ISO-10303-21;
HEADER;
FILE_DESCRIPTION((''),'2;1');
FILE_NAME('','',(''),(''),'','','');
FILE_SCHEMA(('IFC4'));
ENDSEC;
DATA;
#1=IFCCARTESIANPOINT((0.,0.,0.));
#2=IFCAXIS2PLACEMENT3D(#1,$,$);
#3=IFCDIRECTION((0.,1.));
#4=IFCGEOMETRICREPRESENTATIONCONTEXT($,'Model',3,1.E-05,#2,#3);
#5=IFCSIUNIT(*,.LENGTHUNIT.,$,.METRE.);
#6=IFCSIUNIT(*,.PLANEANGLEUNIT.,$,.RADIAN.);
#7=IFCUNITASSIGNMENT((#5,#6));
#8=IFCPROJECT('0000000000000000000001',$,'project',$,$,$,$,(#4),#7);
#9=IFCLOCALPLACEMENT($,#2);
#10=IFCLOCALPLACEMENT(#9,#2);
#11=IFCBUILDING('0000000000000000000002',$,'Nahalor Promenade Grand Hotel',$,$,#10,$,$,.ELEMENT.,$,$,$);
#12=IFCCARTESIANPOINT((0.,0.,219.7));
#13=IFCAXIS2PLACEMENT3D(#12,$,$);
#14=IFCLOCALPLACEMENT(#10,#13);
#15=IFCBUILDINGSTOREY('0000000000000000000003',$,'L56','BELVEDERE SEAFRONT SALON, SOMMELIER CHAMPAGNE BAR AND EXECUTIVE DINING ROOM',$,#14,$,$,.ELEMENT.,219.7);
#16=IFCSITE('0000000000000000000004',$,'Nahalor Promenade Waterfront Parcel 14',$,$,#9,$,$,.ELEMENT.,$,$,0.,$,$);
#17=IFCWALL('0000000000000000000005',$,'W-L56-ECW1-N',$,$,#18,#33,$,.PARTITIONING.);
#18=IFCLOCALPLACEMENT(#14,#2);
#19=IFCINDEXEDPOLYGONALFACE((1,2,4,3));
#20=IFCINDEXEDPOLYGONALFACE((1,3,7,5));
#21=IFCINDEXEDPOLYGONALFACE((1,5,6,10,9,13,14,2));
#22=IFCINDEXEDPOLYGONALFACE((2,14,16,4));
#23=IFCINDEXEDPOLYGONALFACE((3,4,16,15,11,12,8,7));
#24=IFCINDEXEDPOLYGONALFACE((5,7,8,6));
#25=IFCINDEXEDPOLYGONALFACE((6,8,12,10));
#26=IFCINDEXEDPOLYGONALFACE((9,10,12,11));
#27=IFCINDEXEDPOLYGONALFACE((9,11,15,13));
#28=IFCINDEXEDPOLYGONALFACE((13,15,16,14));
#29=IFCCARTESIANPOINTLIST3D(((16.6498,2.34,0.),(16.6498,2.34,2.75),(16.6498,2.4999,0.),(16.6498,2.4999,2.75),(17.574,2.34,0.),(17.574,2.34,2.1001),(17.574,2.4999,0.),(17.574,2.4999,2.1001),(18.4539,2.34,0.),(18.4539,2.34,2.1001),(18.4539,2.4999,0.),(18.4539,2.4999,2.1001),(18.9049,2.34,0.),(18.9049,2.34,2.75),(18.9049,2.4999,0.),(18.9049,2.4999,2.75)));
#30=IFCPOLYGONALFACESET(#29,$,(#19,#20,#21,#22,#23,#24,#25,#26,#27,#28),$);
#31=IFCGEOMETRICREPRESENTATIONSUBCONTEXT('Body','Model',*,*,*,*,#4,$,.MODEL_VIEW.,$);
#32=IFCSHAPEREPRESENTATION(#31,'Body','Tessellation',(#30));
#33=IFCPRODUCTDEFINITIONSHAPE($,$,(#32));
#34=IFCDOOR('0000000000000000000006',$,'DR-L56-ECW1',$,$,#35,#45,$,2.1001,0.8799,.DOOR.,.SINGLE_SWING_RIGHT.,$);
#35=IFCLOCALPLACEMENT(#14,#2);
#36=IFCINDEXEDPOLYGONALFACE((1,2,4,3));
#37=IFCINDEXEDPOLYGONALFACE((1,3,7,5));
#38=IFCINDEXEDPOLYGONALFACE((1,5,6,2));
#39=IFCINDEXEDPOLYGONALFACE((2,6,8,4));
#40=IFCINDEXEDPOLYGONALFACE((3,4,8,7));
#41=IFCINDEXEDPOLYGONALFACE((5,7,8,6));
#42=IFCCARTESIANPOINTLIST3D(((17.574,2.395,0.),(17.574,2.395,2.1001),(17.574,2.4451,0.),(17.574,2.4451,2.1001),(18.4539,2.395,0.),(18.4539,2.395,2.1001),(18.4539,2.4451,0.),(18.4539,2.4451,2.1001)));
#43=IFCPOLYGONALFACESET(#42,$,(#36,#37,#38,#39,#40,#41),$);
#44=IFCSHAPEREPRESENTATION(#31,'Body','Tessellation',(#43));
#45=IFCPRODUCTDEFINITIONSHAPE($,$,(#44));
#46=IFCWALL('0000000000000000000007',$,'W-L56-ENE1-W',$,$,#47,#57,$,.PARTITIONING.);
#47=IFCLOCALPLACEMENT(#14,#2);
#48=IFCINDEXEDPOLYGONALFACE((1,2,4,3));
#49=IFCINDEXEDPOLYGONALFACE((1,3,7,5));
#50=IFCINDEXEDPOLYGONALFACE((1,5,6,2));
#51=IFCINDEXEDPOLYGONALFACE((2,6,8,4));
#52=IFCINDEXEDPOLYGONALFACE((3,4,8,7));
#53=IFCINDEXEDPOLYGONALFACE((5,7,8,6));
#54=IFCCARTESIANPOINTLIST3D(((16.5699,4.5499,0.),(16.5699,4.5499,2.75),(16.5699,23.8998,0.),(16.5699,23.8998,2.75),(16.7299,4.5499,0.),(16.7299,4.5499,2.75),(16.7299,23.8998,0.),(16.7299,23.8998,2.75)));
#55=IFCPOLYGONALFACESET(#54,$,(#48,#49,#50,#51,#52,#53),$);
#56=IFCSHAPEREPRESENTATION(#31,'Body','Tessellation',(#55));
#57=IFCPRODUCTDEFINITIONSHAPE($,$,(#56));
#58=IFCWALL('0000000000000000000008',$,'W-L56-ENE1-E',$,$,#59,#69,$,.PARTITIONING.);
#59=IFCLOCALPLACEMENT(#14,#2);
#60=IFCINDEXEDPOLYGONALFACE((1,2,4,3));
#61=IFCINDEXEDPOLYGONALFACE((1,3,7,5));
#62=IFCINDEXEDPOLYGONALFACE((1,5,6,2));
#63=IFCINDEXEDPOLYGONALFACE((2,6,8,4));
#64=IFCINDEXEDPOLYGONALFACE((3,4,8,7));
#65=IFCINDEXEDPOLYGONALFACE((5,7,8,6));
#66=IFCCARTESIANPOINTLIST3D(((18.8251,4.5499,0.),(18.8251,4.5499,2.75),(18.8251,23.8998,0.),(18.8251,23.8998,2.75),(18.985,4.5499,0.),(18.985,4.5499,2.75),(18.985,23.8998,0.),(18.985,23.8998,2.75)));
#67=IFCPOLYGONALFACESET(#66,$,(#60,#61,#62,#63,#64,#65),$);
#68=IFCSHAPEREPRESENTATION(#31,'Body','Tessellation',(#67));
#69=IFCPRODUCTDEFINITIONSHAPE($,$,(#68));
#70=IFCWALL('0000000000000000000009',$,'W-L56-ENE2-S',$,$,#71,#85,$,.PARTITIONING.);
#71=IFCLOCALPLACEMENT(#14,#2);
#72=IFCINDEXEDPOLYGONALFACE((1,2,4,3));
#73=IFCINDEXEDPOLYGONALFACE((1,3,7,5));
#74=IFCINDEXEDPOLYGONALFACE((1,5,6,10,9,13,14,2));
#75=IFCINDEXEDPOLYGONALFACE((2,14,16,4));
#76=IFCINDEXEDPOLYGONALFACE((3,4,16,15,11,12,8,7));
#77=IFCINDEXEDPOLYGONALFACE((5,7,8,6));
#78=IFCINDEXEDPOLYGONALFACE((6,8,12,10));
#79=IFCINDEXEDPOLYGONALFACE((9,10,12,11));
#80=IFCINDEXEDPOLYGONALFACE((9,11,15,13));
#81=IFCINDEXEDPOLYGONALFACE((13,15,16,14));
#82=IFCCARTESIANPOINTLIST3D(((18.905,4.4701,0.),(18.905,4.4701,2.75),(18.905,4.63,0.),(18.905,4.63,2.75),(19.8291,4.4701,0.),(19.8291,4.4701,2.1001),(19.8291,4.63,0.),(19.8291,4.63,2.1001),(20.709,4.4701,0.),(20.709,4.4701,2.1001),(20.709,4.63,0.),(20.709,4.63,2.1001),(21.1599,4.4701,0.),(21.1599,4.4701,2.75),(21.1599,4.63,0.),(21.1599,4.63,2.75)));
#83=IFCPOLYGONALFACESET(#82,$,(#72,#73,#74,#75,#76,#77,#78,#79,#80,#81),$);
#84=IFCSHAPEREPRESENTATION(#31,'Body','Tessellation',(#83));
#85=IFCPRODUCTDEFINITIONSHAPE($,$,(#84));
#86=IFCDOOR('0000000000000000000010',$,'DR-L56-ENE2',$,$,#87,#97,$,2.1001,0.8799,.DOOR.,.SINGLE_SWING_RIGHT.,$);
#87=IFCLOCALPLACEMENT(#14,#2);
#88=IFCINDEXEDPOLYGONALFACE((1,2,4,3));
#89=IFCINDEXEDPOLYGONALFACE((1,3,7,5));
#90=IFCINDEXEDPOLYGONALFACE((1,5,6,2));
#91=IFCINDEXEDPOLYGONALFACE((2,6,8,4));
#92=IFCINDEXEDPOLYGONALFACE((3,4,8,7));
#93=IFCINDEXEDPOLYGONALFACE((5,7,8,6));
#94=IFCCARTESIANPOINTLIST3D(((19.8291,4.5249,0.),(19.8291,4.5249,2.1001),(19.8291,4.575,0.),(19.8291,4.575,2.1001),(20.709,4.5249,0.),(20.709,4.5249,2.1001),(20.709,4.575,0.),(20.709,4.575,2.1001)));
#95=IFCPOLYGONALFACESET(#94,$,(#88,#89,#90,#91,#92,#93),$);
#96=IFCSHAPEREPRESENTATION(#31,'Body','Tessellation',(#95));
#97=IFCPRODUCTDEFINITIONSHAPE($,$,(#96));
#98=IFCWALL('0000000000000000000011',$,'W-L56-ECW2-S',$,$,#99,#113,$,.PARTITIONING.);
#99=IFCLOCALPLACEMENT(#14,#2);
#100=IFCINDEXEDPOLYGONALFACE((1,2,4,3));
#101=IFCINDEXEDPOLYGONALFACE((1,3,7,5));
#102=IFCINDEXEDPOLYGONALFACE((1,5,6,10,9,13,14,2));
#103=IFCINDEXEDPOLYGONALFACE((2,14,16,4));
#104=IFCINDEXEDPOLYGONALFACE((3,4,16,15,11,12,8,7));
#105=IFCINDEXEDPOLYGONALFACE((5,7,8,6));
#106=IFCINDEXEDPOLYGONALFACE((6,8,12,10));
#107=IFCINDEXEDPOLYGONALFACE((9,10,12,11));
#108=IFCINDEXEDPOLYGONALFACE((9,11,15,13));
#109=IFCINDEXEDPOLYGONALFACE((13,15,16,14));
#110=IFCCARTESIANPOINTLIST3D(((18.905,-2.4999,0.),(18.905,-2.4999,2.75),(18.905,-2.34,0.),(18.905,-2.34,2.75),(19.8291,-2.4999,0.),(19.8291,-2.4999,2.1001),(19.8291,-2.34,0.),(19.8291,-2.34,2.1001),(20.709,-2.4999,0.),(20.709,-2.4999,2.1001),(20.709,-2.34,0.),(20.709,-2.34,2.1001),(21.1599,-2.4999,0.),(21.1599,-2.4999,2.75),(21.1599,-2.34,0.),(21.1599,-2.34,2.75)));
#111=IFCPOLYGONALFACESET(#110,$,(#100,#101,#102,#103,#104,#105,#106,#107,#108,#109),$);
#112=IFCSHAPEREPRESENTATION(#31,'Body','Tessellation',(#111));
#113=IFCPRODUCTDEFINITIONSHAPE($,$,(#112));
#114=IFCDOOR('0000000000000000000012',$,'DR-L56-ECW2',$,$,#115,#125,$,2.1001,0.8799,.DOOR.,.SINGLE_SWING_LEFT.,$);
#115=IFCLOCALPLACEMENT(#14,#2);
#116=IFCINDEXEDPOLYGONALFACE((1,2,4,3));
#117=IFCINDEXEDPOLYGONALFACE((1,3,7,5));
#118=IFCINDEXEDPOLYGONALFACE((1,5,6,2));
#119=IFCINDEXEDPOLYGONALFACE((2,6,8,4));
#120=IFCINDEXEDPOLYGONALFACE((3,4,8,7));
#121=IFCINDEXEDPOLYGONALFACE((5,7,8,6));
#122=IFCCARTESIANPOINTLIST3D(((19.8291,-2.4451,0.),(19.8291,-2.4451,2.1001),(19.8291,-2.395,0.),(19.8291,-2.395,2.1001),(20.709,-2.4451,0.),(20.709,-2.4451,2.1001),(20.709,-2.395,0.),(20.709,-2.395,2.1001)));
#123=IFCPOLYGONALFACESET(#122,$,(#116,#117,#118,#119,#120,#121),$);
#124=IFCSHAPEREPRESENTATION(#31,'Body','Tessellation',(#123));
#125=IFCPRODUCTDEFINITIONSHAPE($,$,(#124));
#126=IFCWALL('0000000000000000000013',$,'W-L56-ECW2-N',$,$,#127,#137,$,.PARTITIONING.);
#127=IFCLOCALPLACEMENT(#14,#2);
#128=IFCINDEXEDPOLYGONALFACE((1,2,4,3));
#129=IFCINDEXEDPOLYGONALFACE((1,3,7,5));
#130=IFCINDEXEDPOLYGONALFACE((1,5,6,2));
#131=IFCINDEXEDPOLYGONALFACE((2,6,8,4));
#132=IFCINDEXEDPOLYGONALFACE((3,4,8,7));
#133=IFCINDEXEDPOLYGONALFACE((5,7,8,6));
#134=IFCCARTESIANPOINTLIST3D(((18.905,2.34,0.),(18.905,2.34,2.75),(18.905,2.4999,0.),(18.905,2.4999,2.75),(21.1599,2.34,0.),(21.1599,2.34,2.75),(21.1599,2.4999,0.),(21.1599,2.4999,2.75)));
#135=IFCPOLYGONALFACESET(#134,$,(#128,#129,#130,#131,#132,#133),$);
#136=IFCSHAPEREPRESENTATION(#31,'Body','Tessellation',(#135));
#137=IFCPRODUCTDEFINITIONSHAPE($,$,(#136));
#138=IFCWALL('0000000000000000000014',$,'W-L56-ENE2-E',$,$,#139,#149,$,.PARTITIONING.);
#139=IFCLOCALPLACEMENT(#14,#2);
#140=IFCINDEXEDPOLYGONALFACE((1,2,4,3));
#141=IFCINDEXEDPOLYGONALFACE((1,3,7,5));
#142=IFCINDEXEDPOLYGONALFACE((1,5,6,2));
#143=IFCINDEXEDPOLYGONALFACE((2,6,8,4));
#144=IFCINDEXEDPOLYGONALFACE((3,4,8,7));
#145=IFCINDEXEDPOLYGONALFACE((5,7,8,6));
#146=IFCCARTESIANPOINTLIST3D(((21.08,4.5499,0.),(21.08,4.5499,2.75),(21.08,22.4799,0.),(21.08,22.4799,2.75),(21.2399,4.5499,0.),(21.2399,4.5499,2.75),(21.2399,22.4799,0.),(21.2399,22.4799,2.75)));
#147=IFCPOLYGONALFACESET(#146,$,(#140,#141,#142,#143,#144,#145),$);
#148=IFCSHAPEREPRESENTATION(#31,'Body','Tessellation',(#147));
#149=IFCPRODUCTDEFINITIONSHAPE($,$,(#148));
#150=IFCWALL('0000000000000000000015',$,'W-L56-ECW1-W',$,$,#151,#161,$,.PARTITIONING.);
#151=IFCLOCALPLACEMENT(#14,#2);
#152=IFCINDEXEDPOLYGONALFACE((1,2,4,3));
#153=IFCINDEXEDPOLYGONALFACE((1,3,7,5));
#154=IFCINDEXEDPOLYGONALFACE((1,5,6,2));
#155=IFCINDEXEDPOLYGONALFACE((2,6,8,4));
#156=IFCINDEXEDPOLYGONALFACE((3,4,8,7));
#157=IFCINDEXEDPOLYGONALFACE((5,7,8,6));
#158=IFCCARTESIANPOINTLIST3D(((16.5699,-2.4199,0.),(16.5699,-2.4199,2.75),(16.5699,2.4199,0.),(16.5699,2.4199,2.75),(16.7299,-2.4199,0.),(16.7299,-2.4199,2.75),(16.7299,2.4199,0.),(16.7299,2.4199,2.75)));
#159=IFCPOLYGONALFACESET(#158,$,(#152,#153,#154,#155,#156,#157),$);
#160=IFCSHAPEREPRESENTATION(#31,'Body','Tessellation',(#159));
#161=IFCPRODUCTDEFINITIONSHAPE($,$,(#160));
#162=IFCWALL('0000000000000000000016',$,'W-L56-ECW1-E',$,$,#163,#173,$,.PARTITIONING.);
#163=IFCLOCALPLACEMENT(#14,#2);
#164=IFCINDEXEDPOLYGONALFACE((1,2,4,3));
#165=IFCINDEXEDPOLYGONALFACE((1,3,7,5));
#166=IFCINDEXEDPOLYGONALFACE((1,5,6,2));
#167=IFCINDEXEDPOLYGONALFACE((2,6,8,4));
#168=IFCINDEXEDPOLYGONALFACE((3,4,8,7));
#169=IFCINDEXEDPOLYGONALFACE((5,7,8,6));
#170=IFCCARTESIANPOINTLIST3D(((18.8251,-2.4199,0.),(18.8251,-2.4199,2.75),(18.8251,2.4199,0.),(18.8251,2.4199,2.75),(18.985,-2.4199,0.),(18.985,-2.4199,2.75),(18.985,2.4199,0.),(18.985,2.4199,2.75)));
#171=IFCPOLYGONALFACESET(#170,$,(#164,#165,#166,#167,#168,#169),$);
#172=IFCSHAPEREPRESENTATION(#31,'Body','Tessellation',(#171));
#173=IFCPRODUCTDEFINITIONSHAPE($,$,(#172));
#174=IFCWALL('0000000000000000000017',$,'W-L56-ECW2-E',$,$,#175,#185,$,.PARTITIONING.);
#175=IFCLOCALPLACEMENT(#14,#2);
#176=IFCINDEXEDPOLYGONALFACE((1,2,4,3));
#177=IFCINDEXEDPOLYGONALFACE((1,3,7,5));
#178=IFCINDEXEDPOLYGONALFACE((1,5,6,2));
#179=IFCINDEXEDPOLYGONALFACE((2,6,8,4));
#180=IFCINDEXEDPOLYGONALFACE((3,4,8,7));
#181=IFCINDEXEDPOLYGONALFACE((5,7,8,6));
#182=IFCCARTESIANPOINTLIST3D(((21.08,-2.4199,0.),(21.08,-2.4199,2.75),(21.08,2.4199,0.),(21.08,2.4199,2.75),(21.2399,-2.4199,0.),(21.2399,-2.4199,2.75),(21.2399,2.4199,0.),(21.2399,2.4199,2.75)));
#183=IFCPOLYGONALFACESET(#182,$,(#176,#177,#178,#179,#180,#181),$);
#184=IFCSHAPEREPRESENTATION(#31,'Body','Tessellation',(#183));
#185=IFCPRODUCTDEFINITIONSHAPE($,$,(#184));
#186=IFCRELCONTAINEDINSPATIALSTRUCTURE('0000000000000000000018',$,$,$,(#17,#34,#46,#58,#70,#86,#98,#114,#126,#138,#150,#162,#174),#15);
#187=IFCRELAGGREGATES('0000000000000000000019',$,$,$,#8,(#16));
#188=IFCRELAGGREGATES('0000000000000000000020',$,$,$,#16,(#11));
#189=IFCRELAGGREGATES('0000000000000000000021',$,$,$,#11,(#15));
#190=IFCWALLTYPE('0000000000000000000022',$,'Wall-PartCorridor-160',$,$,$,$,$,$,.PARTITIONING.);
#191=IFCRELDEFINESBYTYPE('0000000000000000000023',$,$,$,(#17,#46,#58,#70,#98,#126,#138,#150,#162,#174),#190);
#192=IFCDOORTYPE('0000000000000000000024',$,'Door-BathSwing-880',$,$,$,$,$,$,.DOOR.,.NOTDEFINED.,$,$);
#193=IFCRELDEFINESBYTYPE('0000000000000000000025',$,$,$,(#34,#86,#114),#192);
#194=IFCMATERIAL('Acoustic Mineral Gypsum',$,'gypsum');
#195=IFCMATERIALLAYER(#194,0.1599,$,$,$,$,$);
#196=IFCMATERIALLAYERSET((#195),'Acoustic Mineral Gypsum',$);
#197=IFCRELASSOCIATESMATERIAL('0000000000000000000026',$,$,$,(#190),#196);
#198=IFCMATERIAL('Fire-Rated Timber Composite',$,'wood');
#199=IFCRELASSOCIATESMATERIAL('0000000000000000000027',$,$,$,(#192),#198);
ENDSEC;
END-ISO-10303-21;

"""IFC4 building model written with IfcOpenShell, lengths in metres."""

from ifc_helpers import new_model, si_unit, direction, frame, frame_2d, origin, place, context, subcontext, project, spatial, rectangle, extrude, source, transform, mapped, material, layer, layer_set, type_object, element, fill, save


model = new_model("IFC4")

# Units and contexts
model_context = context("Model", 3, precision=1e-05, world=origin(), true_north=direction((0.0, 1.0)))
body_context = subcontext(model_context, "Body", "Model", "MODEL_VIEW")
ifc_project = project(units=[si_unit("LENGTHUNIT", "METRE"), si_unit("PLANEANGLEUNIT", "RADIAN")], contexts=[model_context])

# Site, building, storey
site_placement = place(None, origin())
site = spatial("IfcSite", under=ifc_project, at=site_placement, Name="Nahalor Promenade Waterfront Parcel 14", CompositionType="ELEMENT", RefElevation=0.0)
building_placement = place(site_placement, origin())
building = spatial("IfcBuilding", under=site, at=building_placement, Name="Nahalor Promenade Grand Hotel", CompositionType="ELEMENT")
storey_placement = place(building_placement, frame((0.0, 0.0, 219.7)))
storey = spatial("IfcBuildingStorey", under=building, at=storey_placement, Name="L56", Description="BELVEDERE SEAFRONT SALON, SOMMELIER CHAMPAGNE BAR AND EXECUTIVE DINING ROOM", CompositionType="ELEMENT", Elevation=219.7)

# Shared definitions
ifc_material_1 = material(Name="Acoustic Mineral Gypsum", Category="gypsum")
ifc_layer_1 = layer(ifc_material_1, 0.1599)
ifc_layer_set_1 = layer_set([ifc_layer_1], Name="Acoustic Mineral Gypsum")
wall_type_1 = type_object("IfcWallType", Name="Wall-PartCorridor-160", PredefinedType="PARTITIONING", material=ifc_layer_set_1)
shared_shape_1 = source(origin(), body_context, "Body", "SweptSolid", [
    extrude(rectangle(XDim=2.2551, YDim=0.1599, at=frame_2d((1.1274, 0.0))), origin(), (0.0, 0.0, 1.0), 2.75),
])
ifc_material_2 = material(Name="Fire-Rated Timber Composite", Category="wood")
door_type = type_object("IfcDoorType", Name="Door-BathSwing-880", OperationType="NOTDEFINED", PredefinedType="DOOR", material=ifc_material_2)
shared_shape_2 = source(origin(), body_context, "Body", "SweptSolid", [
    extrude(rectangle(XDim=0.8799, YDim=2.1001, at=frame_2d((0.4399, 1.05))), frame((0.0, 0.0249, 0.0), z_axis=(0.0, -1.0, 0.0), x_axis=(1.0, 0.0, 0.0)), (0.0, 0.0, 1.0), 0.05),
])

# Wall, opening, door
wall_1_placement = place(storey_placement, frame((16.6499, 2.4199, 0.0), z_axis=(0.0, 0.0, 1.0), x_axis=(1.0, 0.0, 0.0)))
wall_1 = element("IfcWall", 1, at=wall_1_placement, inside=storey, type_object=wall_type_1, Name="W-L56-ECW1-N", PredefinedType="PARTITIONING", context=body_context, shape_type="MappedRepresentation", body=[
    mapped(shared_shape_1, transform((0.0, 0.0, 0.0), scale=1.0)),
])
opening_1_placement = place(wall_1_placement, frame((0.9241, 0.0, 0.0)))
opening_1 = element("IfcOpeningElement", 2, at=opening_1_placement, cuts=wall_1, PredefinedType="OPENING", context=body_context, shape_type="SweptSolid", body=[
    extrude(rectangle(XDim=0.8799, YDim=2.1001, at=frame_2d((0.4399, 1.05))), frame((0.0, 0.0898, 0.0), z_axis=(0.0, -1.0, 0.0), x_axis=(1.0, 0.0, 0.0)), (0.0, 0.0, 1.0), 0.1799),
])
door_1_placement = place(opening_1_placement, frame((0.8799, 0.0, 0.0), z_axis=(0.0, 0.0, 1.0), x_axis=(-1.0, 0.0, 0.0)))
door_1 = element("IfcDoor", 3, at=door_1_placement, inside=storey, type_object=door_type, Name="DR-L56-ECW1", OperationType="SINGLE_SWING_RIGHT", OverallHeight=2.1001, OverallWidth=0.8799, PredefinedType="DOOR", context=body_context, shape_type="MappedRepresentation", body=[
    mapped(shared_shape_2, transform((0.0, 0.0, 0.0), scale=1.0)),
])
fill(opening_1, door_1)

# Walls
shared_shape_3 = source(origin(), body_context, "Body", "SweptSolid", [
    extrude(rectangle(XDim=19.3499, YDim=0.1599, at=frame_2d((9.6748, 0.0))), origin(), (0.0, 0.0, 1.0), 2.75),
])
for number, where, z_axis, x_axis, name in (
    (4, (16.6499, 4.55, 0.0), (0.0, 0.0, 1.0), (0.0, 1.0, 0.0), "W-L56-ENE1-W"),
    (5, (18.905, 4.55, 0.0), (0.0, 0.0, 1.0), (0.0, 1.0, 0.0), "W-L56-ENE1-E"),
):
    element("IfcWall", number, at=place(storey_placement, frame(where, z_axis=z_axis, x_axis=x_axis)), inside=storey, type_object=wall_type_1, Name=name, PredefinedType="PARTITIONING", context=body_context, shape_type="MappedRepresentation", body=[
        mapped(shared_shape_3, transform((0.0, 0.0, 0.0), scale=1.0)),
    ])

# Walls, openings, doors
shared_shape_4 = source(origin(), body_context, "Body", "SweptSolid", [
    extrude(rectangle(XDim=2.2549, YDim=0.1599, at=frame_2d((1.1274, 0.0))), origin(), (0.0, 0.0, 1.0), 2.75),
])
wall_2_placement = place(storey_placement, frame((18.905, 4.55, 0.0), z_axis=(0.0, 0.0, 1.0), x_axis=(1.0, 0.0, 0.0)))
wall_2 = element("IfcWall", 6, at=wall_2_placement, inside=storey, type_object=wall_type_1, Name="W-L56-ENE2-S", PredefinedType="PARTITIONING", context=body_context, shape_type="MappedRepresentation", body=[
    mapped(shared_shape_4, transform((0.0, 0.0, 0.0), scale=1.0)),
])
opening_2_placement = place(wall_2_placement, frame((0.9241, 0.0, 0.0)))
opening_2 = element("IfcOpeningElement", 7, at=opening_2_placement, cuts=wall_2, PredefinedType="OPENING", context=body_context, shape_type="SweptSolid", body=[
    extrude(rectangle(XDim=0.8799, YDim=2.1001, at=frame_2d((0.4399, 1.05))), frame((0.0, 0.0898, 0.0), z_axis=(0.0, -1.0, 0.0), x_axis=(1.0, 0.0, 0.0)), (0.0, 0.0, 1.0), 0.1799),
])
door_2_placement = place(opening_2_placement, origin())
door_2 = element("IfcDoor", 8, at=door_2_placement, inside=storey, type_object=door_type, Name="DR-L56-ENE2", OperationType="SINGLE_SWING_RIGHT", OverallHeight=2.1001, OverallWidth=0.8799, PredefinedType="DOOR", context=body_context, shape_type="MappedRepresentation", body=[
    mapped(shared_shape_2, transform((0.0, 0.0, 0.0), scale=1.0)),
])
fill(opening_2, door_2)
wall_3_placement = place(storey_placement, frame((18.905, -2.4199, 0.0), z_axis=(0.0, 0.0, 1.0), x_axis=(1.0, 0.0, 0.0)))
wall_3 = element("IfcWall", 9, at=wall_3_placement, inside=storey, type_object=wall_type_1, Name="W-L56-ECW2-S", PredefinedType="PARTITIONING", context=body_context, shape_type="MappedRepresentation", body=[
    mapped(shared_shape_4, transform((0.0, 0.0, 0.0), scale=1.0)),
])
opening_3_placement = place(wall_3_placement, frame((0.9241, 0.0, 0.0)))
opening_3 = element("IfcOpeningElement", 10, at=opening_3_placement, cuts=wall_3, PredefinedType="OPENING", context=body_context, shape_type="SweptSolid", body=[
    extrude(rectangle(XDim=0.8799, YDim=2.1001, at=frame_2d((0.4399, 1.05))), frame((0.0, 0.0898, 0.0), z_axis=(0.0, -1.0, 0.0), x_axis=(1.0, 0.0, 0.0)), (0.0, 0.0, 1.0), 0.1799),
])
door_3_placement = place(opening_3_placement, origin())
door_3 = element("IfcDoor", 11, at=door_3_placement, inside=storey, type_object=door_type, Name="DR-L56-ECW2", OperationType="SINGLE_SWING_LEFT", OverallHeight=2.1001, OverallWidth=0.8799, PredefinedType="DOOR", context=body_context, shape_type="MappedRepresentation", body=[
    mapped(shared_shape_2, transform((0.0, 0.0, 0.0), scale=1.0)),
])
fill(opening_3, door_3)

# Walls
wall_4_placement = place(storey_placement, frame((18.905, 2.4199, 0.0), z_axis=(0.0, 0.0, 1.0), x_axis=(1.0, 0.0, 0.0)))
element("IfcWall", 12, at=wall_4_placement, inside=storey, type_object=wall_type_1, Name="W-L56-ECW2-N", PredefinedType="PARTITIONING", context=body_context, shape_type="MappedRepresentation", body=[
    mapped(shared_shape_4, transform((0.0, 0.0, 0.0), scale=1.0)),
])
shared_shape_5 = source(origin(), body_context, "Body", "SweptSolid", [
    extrude(rectangle(XDim=17.9299, YDim=0.1599, at=frame_2d((8.9648, 0.0))), origin(), (0.0, 0.0, 1.0), 2.75),
])
wall_5_placement = place(storey_placement, frame((21.1599, 4.55, 0.0), z_axis=(0.0, 0.0, 1.0), x_axis=(0.0, 1.0, 0.0)))
element("IfcWall", 13, at=wall_5_placement, inside=storey, type_object=wall_type_1, Name="W-L56-ENE2-E", PredefinedType="PARTITIONING", context=body_context, shape_type="MappedRepresentation", body=[
    mapped(shared_shape_5, transform((0.0, 0.0, 0.0), scale=1.0)),
])
shared_shape_6 = source(origin(), body_context, "Body", "SweptSolid", [
    extrude(rectangle(XDim=4.8398, YDim=0.1599, at=frame_2d((2.4199, 0.0))), origin(), (0.0, 0.0, 1.0), 2.75),
])
for number, where, z_axis, x_axis, name in (
    (14, (16.6499, -2.4199, 0.0), (0.0, 0.0, 1.0), (0.0, 1.0, 0.0), "W-L56-ECW1-W"),
    (15, (18.905, -2.4199, 0.0), (0.0, 0.0, 1.0), (0.0, 1.0, 0.0), "W-L56-ECW1-E"),
    (16, (21.1599, -2.4199, 0.0), (0.0, 0.0, 1.0), (0.0, 1.0, 0.0), "W-L56-ECW2-E"),
):
    element("IfcWall", number, at=place(storey_placement, frame(where, z_axis=z_axis, x_axis=x_axis)), inside=storey, type_object=wall_type_1, Name=name, PredefinedType="PARTITIONING", context=body_context, shape_type="MappedRepresentation", body=[
        mapped(shared_shape_6, transform((0.0, 0.0, 0.0), scale=1.0)),
    ])

save(model, "model.ifc")
